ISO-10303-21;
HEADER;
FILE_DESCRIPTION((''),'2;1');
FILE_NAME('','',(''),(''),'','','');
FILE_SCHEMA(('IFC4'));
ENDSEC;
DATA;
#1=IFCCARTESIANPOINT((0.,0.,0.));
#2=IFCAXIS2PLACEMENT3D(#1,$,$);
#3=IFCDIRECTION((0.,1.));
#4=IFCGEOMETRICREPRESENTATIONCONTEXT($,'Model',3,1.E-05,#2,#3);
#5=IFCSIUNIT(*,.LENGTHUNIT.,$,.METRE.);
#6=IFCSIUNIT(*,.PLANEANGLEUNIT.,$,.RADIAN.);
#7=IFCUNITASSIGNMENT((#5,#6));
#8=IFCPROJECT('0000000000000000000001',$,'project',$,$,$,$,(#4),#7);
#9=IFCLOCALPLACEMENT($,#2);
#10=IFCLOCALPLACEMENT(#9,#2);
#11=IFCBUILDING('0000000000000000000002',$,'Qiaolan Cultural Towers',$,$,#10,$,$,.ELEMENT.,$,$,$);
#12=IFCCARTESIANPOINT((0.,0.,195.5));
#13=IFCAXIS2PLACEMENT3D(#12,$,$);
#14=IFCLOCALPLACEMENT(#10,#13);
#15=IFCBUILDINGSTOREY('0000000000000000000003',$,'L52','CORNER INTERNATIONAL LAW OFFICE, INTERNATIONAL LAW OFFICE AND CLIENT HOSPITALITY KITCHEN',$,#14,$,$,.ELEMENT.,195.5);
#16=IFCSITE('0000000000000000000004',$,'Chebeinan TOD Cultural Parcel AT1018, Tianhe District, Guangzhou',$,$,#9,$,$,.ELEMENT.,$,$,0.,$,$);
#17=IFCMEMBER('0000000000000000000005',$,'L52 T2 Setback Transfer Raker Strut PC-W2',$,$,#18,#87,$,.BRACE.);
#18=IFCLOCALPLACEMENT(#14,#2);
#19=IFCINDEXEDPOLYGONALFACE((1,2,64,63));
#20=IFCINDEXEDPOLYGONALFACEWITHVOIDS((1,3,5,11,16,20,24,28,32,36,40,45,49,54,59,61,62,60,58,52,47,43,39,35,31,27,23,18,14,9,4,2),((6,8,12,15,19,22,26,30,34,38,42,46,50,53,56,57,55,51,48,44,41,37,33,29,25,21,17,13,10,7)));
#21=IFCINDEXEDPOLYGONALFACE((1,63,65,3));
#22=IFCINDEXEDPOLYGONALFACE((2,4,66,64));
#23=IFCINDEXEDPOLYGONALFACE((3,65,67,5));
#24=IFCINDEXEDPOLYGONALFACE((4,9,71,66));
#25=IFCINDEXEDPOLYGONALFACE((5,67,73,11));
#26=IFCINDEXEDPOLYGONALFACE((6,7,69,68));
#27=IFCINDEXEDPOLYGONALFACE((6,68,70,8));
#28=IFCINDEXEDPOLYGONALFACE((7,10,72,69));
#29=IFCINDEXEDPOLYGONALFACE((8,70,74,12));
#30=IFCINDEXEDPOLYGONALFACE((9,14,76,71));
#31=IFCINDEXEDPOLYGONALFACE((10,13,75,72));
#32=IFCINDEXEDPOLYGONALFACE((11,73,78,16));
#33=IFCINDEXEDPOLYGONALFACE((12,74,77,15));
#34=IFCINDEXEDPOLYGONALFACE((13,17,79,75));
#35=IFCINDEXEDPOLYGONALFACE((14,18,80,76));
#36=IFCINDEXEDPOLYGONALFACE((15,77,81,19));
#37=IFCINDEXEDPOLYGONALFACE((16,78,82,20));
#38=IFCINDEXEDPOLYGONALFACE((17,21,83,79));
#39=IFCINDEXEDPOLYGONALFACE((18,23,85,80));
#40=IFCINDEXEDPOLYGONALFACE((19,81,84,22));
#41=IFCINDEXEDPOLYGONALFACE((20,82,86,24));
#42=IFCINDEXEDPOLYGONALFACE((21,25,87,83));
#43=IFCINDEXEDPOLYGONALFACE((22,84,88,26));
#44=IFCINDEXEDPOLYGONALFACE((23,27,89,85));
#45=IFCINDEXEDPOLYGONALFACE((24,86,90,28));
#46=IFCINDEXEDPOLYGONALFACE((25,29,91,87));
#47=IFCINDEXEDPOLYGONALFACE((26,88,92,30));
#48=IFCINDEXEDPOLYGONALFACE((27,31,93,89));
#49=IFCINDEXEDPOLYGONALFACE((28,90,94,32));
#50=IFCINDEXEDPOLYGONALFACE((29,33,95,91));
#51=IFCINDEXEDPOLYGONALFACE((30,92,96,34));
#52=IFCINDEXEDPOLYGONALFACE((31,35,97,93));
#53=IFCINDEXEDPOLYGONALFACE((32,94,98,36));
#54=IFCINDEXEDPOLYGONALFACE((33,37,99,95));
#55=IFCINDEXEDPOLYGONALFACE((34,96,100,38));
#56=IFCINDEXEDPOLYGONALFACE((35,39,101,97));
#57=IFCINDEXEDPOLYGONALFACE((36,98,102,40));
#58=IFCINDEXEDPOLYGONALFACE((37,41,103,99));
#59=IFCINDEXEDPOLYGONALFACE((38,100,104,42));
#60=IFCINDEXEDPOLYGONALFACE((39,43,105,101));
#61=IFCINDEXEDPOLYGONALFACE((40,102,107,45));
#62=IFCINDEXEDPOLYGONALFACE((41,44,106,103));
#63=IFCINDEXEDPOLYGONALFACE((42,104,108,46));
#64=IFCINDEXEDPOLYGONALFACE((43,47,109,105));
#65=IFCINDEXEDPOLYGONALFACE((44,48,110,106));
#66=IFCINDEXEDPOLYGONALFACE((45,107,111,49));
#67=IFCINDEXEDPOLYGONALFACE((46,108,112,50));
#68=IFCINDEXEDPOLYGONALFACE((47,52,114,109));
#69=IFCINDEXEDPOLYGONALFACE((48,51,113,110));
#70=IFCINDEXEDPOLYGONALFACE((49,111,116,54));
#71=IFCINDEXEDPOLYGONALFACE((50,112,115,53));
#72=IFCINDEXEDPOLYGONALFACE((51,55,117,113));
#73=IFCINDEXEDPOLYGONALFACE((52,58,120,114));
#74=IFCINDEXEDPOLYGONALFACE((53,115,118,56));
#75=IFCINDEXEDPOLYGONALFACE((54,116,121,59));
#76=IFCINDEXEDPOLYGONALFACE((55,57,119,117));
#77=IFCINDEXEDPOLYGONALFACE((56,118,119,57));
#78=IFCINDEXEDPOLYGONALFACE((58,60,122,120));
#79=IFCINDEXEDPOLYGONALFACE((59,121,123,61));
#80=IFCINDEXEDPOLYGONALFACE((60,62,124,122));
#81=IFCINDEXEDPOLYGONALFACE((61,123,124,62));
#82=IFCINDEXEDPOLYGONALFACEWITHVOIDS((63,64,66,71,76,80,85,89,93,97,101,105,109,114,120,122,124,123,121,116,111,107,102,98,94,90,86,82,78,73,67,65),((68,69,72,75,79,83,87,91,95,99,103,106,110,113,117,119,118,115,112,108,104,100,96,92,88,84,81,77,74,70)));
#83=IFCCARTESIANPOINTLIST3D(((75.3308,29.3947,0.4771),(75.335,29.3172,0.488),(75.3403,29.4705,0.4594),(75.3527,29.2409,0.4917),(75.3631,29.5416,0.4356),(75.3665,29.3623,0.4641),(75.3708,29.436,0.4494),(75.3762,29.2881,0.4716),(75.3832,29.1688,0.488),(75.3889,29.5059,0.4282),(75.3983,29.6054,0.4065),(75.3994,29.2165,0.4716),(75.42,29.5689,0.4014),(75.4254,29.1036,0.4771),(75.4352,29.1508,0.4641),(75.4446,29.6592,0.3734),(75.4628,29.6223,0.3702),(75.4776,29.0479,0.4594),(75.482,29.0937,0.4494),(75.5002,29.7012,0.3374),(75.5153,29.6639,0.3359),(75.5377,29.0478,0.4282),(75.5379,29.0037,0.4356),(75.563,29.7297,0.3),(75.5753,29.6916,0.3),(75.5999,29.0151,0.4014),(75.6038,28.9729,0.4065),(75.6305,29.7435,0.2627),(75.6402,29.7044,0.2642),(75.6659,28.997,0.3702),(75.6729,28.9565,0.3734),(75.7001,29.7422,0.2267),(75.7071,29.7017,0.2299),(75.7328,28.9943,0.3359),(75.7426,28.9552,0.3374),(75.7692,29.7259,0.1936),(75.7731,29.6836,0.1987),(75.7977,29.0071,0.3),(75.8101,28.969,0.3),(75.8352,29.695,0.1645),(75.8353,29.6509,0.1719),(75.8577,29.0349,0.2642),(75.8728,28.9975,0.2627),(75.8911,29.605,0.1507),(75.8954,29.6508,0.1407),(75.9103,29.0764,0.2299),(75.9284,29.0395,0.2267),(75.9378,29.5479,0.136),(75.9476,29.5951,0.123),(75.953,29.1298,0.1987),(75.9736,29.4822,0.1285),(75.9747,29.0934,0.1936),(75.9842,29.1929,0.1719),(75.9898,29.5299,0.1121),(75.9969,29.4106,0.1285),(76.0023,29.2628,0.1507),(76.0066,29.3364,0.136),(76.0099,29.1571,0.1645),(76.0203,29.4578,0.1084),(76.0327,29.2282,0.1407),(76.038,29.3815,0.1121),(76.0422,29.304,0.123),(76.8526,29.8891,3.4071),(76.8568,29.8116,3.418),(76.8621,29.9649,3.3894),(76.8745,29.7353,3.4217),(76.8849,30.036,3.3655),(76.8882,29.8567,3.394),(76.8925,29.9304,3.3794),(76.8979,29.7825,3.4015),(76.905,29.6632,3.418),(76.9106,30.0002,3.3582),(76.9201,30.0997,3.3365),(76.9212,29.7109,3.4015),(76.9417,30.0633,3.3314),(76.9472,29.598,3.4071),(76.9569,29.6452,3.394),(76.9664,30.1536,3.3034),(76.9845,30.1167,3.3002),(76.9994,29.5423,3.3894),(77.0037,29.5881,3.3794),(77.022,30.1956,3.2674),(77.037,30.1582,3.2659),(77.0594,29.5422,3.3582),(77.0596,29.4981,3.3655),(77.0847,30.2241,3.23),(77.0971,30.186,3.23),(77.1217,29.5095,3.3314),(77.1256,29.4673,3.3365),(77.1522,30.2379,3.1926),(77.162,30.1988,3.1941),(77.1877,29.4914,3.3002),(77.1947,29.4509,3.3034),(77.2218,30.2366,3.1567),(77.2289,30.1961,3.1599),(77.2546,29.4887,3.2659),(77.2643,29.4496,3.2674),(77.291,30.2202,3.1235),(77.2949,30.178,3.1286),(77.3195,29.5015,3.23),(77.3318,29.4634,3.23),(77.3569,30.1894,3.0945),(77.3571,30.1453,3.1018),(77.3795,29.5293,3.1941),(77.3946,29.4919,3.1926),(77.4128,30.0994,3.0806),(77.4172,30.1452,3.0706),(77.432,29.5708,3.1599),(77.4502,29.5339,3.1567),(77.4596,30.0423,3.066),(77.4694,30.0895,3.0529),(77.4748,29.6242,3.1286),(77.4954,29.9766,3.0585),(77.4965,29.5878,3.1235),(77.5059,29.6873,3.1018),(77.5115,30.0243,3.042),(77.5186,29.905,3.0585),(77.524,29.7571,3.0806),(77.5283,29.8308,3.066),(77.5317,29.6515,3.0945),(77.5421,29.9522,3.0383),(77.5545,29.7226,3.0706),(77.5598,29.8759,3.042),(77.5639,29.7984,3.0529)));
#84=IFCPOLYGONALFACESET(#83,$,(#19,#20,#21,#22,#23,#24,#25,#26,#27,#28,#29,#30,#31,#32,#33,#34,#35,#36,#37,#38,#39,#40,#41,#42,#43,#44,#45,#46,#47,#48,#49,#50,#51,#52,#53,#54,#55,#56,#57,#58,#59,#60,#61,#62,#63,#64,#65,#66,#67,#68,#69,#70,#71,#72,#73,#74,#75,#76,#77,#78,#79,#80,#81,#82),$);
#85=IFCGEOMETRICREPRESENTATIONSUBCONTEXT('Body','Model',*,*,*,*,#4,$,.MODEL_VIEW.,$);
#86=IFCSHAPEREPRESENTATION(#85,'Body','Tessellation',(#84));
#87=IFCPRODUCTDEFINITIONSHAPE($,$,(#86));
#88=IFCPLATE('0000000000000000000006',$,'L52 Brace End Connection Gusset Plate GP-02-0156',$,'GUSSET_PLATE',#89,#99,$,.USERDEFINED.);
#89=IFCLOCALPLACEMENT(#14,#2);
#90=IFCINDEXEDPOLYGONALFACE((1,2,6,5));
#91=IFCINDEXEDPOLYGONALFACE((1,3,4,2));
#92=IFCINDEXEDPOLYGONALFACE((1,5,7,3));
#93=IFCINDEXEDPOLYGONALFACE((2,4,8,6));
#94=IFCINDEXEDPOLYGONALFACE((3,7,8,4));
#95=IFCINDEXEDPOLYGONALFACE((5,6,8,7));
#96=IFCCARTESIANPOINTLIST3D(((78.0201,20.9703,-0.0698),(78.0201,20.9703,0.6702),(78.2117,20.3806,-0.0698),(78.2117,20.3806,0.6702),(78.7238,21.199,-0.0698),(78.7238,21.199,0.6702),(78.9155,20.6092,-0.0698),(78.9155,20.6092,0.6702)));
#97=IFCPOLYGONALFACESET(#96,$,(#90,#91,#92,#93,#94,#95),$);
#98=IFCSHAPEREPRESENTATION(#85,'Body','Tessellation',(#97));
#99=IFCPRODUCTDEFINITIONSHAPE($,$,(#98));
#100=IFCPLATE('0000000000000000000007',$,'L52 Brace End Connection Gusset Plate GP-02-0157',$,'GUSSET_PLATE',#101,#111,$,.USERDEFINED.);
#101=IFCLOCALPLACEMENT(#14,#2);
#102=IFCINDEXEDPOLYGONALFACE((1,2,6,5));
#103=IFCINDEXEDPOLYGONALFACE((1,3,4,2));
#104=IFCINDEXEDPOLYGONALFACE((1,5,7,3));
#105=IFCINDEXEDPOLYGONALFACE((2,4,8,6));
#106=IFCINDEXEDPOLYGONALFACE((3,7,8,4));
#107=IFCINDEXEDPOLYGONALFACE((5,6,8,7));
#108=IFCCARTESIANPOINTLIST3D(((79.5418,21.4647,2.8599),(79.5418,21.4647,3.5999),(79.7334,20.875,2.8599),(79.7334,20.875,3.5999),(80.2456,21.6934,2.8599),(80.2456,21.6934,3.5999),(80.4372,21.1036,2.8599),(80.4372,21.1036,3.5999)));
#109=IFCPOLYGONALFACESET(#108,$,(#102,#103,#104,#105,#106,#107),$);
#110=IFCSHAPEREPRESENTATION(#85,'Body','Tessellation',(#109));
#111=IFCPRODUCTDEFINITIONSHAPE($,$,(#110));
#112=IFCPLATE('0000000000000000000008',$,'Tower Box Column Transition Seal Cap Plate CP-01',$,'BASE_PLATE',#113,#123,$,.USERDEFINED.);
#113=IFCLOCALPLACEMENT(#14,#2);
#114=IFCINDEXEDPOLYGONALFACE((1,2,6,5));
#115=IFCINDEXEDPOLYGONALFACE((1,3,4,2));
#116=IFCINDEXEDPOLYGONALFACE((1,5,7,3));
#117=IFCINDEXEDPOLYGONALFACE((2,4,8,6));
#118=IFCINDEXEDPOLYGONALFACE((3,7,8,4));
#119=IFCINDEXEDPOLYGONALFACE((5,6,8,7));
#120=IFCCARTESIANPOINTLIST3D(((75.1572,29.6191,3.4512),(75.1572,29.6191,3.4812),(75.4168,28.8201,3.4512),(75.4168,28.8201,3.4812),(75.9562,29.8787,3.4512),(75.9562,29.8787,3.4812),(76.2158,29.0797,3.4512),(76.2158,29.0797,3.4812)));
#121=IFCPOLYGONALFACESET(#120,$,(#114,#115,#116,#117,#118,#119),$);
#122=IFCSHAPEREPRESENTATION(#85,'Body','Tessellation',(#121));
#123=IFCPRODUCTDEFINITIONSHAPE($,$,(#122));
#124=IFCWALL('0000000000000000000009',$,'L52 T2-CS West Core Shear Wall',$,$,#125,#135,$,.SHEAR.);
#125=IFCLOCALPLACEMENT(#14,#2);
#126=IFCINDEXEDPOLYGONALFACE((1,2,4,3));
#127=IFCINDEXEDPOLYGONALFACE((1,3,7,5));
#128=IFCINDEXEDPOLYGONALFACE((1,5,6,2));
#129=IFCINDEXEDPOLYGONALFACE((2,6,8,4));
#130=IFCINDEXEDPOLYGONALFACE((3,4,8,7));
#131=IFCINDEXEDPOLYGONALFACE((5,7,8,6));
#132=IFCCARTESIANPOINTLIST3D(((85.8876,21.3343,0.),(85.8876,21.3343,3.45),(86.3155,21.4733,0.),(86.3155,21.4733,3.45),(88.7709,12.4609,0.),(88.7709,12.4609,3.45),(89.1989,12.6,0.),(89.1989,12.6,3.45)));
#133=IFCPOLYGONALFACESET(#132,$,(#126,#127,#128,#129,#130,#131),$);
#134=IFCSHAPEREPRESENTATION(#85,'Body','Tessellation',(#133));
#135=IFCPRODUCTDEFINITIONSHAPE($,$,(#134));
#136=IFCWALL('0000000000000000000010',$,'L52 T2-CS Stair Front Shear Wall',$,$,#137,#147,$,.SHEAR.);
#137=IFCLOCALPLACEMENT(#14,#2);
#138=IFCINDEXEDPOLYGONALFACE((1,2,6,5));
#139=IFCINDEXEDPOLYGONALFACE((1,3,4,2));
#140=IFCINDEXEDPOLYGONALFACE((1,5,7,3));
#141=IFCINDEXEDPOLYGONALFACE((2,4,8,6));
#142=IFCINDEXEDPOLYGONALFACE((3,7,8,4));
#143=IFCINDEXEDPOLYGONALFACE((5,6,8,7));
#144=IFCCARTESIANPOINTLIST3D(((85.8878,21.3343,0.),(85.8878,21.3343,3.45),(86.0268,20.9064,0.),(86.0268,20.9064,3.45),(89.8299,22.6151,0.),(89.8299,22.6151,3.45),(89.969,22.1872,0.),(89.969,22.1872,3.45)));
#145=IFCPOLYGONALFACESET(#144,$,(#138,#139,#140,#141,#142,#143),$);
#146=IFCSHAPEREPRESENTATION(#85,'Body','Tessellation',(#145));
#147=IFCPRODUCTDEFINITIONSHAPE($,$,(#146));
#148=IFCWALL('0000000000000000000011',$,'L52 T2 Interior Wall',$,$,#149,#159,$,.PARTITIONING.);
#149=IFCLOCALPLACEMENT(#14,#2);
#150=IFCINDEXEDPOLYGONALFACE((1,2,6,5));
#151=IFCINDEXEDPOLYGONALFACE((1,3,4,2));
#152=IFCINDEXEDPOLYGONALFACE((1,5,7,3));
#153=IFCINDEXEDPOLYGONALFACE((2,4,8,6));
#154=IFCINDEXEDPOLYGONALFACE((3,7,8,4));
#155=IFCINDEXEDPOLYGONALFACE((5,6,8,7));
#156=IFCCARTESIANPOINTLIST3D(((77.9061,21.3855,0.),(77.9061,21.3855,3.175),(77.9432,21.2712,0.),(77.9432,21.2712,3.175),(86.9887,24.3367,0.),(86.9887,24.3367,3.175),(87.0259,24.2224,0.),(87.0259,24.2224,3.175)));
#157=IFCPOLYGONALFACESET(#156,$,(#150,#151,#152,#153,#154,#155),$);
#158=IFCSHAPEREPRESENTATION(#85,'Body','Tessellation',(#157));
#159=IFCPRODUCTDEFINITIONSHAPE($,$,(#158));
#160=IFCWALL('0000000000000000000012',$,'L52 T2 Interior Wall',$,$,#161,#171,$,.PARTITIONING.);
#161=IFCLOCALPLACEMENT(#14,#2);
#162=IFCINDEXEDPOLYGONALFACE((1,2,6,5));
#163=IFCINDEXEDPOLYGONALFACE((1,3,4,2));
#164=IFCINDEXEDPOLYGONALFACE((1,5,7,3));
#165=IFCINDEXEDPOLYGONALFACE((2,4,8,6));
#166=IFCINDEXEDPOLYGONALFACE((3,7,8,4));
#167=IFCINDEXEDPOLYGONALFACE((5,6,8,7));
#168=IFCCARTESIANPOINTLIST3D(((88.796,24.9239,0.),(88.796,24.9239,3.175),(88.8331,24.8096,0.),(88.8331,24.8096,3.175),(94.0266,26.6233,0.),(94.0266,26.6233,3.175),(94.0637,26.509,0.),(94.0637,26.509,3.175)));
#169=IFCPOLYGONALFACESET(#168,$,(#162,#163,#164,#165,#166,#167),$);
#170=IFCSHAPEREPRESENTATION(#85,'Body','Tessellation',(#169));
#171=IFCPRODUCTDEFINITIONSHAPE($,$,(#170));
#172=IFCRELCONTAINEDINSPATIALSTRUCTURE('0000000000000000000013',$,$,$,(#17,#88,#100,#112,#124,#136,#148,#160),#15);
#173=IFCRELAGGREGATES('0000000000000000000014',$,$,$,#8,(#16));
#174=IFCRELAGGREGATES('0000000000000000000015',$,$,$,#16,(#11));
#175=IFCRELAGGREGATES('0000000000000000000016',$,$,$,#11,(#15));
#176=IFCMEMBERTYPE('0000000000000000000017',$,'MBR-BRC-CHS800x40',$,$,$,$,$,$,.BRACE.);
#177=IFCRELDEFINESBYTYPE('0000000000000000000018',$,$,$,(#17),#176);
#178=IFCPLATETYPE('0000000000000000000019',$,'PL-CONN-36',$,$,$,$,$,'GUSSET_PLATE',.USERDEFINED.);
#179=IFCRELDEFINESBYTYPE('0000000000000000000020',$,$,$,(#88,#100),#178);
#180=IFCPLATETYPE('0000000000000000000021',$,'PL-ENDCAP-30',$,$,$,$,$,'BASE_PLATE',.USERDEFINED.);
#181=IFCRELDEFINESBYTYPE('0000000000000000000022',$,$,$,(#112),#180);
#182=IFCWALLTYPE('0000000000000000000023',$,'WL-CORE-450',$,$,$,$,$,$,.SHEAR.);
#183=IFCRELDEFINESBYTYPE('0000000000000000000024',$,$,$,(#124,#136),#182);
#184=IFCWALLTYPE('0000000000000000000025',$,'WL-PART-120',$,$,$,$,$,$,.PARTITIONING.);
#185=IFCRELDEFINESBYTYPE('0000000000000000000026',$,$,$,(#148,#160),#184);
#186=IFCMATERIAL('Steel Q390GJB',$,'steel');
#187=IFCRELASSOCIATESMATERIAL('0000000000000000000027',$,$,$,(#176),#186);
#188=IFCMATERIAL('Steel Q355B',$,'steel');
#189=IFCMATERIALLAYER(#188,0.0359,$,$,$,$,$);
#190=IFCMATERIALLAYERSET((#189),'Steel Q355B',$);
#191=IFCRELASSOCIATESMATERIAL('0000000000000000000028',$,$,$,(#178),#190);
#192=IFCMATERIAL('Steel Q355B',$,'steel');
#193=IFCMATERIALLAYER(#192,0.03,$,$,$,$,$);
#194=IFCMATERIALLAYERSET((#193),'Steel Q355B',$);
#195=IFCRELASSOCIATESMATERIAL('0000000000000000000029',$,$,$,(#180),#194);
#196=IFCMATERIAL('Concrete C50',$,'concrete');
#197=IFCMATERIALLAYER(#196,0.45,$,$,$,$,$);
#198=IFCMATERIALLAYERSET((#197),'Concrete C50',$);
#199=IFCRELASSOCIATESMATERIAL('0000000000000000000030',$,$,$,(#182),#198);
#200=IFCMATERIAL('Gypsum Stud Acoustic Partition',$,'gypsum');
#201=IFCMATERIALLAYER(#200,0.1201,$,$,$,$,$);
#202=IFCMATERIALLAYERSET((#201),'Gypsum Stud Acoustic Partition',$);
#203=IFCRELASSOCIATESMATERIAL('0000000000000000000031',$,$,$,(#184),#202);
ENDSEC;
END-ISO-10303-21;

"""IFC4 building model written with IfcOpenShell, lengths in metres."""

from ifc_helpers import new_model, si_unit, direction, frame, frame_2d, origin, origin_2d, place, context, subcontext, project, spatial, rectangle, hollow_circle, extrude, material, layer, layer_set, material_profile, profile_set, type_object, element, save


model = new_model("IFC4")

# Units and contexts
model_context = context("Model", 3, precision=1e-05, world=origin(), true_north=direction((0.0, 1.0)))
body_context = subcontext(model_context, "Body", "Model", "MODEL_VIEW")
ifc_project = project(units=[si_unit("LENGTHUNIT", "METRE"), si_unit("PLANEANGLEUNIT", "RADIAN")], contexts=[model_context])

# Site, building, storey
site_placement = place(None, origin())
site = spatial("IfcSite", under=ifc_project, at=site_placement, Name="Chebeinan TOD Cultural Parcel AT1018, Tianhe District, Guangzhou", CompositionType="ELEMENT", RefElevation=0.0)
building_placement = place(site_placement, origin())
building = spatial("IfcBuilding", under=site, at=building_placement, Name="Qiaolan Cultural Towers", CompositionType="ELEMENT")
storey_placement = place(building_placement, frame((0.0, 0.0, 195.5)))
storey = spatial("IfcBuildingStorey", under=building, at=storey_placement, Name="L52", Description="CORNER INTERNATIONAL LAW OFFICE, INTERNATIONAL LAW OFFICE AND CLIENT HOSPITALITY KITCHEN", CompositionType="ELEMENT", Elevation=195.5)

# Member
ifc_material_1 = material(Name="Steel Q390GJB", Category="steel")
ifc_material_profile_1 = material_profile(ifc_material_1, hollow_circle(Radius=0.3999, WallThickness=0.04, at=origin_2d()), Name="CHS800x40")
ifc_profile_set_1 = profile_set([ifc_material_profile_1], Name="Steel Q390GJB")
member_type = type_object("IfcMemberType", Name="MBR-BRC-CHS800x40", PredefinedType="BRACE", material=ifc_profile_set_1)
for number, where, z_axis, x_axis, name in (
    (1, (75.6865, 29.3494, 0.3), (0.455833, 0.148093, 0.877659), (-0.308986, 0.951067, 0.0), "L52 T2 Setback Transfer Raker Strut PC-W2"),
):
    element("IfcMember", number, at=place(storey_placement, frame(where, z_axis=z_axis, x_axis=x_axis)), inside=storey, type_object=member_type, Name=name, PredefinedType="BRACE", context=body_context, shape_type="SweptSolid", body=[
        extrude(hollow_circle(Radius=0.3999, WallThickness=0.04, at=origin_2d()), origin(), (0.0, 0.0, 1.0), 3.3384),
    ])

# Plates
ifc_material_2 = material(Name="Steel Q355B", Category="steel")
ifc_layer_1 = layer(ifc_material_2, 0.0359)
ifc_layer_set_1 = layer_set([ifc_layer_1], Name="Steel Q355B")
plate_type_1 = type_object("IfcPlateType", Name="PL-CONN-36", ElementType="GUSSET_PLATE", PredefinedType="USERDEFINED", material=ifc_layer_set_1)
for number, where, z_axis, x_axis, name in (
    (2, (78.4678, 20.7898, -0.0698), (0.0, 0.0, 1.0), (0.951057, 0.309017, 0.0), "L52 Brace End Connection Gusset Plate GP-02-0156"),
    (3, (79.9895, 21.2842, 2.8599), (0.0, 0.0, 1.0), (0.951057, 0.309017, 0.0), "L52 Brace End Connection Gusset Plate GP-02-0157"),
):
    element("IfcPlate", number, at=place(storey_placement, frame(where, z_axis=z_axis, x_axis=x_axis)), inside=storey, type_object=plate_type_1, Name=name, ObjectType="GUSSET_PLATE", PredefinedType="USERDEFINED", context=body_context, shape_type="SweptSolid", body=[
        extrude(rectangle(XDim=0.74, YDim=0.6201, at=origin_2d()), origin(), (0.0, 0.0, 1.0), 0.74),
    ])
ifc_material_3 = material(Name="Steel Q355B", Category="steel")
ifc_layer_2 = layer(ifc_material_3, 0.03)
ifc_layer_set_2 = layer_set([ifc_layer_2], Name="Steel Q355B")
plate_type_2 = type_object("IfcPlateType", Name="PL-ENDCAP-30", ElementType="BASE_PLATE", PredefinedType="USERDEFINED", material=ifc_layer_set_2)
plate_placement = place(storey_placement, frame((75.6865, 29.3494, 3.4512), z_axis=(0.0, 0.0, 1.0), x_axis=(0.951057, 0.309017, 0.0)))
element("IfcPlate", 4, at=plate_placement, inside=storey, type_object=plate_type_2, Name="Tower Box Column Transition Seal Cap Plate CP-01", ObjectType="BASE_PLATE", PredefinedType="USERDEFINED", context=body_context, shape_type="SweptSolid", body=[
    extrude(rectangle(XDim=0.8401, YDim=0.8401, at=origin_2d()), origin(), (0.0, 0.0, 1.0), 0.03),
])

# Walls
ifc_material_4 = material(Name="Concrete C50", Category="concrete")
ifc_layer_3 = layer(ifc_material_4, 0.45)
ifc_layer_set_3 = layer_set([ifc_layer_3], Name="Concrete C50")
wall_type_1 = type_object("IfcWallType", Name="WL-CORE-450", PredefinedType="SHEAR", material=ifc_layer_set_3)
wall_1_placement = place(storey_placement, frame((86.1016, 21.4038, 0.0), z_axis=(0.0, 0.0, 1.0), x_axis=(0.309036, -0.95105, 0.0)))
element("IfcWall", 5, at=wall_1_placement, inside=storey, type_object=wall_type_1, Name="L52 T2-CS West Core Shear Wall", PredefinedType="SHEAR", context=body_context, shape_type="SweptSolid", body=[
    extrude(rectangle(XDim=9.3301, YDim=0.45, at=frame_2d((4.665, 0.0))), origin(), (0.0, 0.0, 1.0), 3.45),
])
wall_2_placement = place(storey_placement, frame((85.9573, 21.1204, 0.0), z_axis=(0.0, 0.0, 1.0), x_axis=(0.951065, 0.308992, 0.0)))
element("IfcWall", 6, at=wall_2_placement, inside=storey, type_object=wall_type_1, Name="L52 T2-CS Stair Front Shear Wall", PredefinedType="SHEAR", context=body_context, shape_type="SweptSolid", body=[
    extrude(rectangle(XDim=4.145, YDim=0.45, at=frame_2d((2.0725, 0.0))), origin(), (0.0, 0.0, 1.0), 3.45),
])
ifc_material_5 = material(Name="Gypsum Stud Acoustic Partition", Category="gypsum")
ifc_layer_4 = layer(ifc_material_5, 0.1201)
ifc_layer_set_4 = layer_set([ifc_layer_4], Name="Gypsum Stud Acoustic Partition")
wall_type_2 = type_object("IfcWallType", Name="WL-PART-120", PredefinedType="PARTITIONING", material=ifc_layer_set_4)
wall_3_placement = place(storey_placement, frame((77.9248, 21.3284, 0.0), z_axis=(0.0, 0.0, 1.0), x_axis=(0.951054, 0.309025, 0.0)))
element("IfcWall", 7, at=wall_3_placement, inside=storey, type_object=wall_type_2, Name="L52 T2 Interior Wall", PredefinedType="PARTITIONING", context=body_context, shape_type="SweptSolid", body=[
    extrude(rectangle(XDim=9.55, YDim=0.1201, at=frame_2d((4.7749, 0.0))), origin(), (0.0, 0.0, 1.0), 3.175),
])
wall_4_placement = place(storey_placement, frame((88.8145, 24.8667, 0.0), z_axis=(0.0, 0.0, 1.0), x_axis=(0.951062, 0.309001, 0.0)))
element("IfcWall", 8, at=wall_4_placement, inside=storey, type_object=wall_type_2, Name="L52 T2 Interior Wall", PredefinedType="PARTITIONING", context=body_context, shape_type="SweptSolid", body=[
    extrude(rectangle(XDim=5.4998, YDim=0.1201, at=frame_2d((2.75, 0.0))), origin(), (0.0, 0.0, 1.0), 3.175),
])

save(model, "model.ifc")
